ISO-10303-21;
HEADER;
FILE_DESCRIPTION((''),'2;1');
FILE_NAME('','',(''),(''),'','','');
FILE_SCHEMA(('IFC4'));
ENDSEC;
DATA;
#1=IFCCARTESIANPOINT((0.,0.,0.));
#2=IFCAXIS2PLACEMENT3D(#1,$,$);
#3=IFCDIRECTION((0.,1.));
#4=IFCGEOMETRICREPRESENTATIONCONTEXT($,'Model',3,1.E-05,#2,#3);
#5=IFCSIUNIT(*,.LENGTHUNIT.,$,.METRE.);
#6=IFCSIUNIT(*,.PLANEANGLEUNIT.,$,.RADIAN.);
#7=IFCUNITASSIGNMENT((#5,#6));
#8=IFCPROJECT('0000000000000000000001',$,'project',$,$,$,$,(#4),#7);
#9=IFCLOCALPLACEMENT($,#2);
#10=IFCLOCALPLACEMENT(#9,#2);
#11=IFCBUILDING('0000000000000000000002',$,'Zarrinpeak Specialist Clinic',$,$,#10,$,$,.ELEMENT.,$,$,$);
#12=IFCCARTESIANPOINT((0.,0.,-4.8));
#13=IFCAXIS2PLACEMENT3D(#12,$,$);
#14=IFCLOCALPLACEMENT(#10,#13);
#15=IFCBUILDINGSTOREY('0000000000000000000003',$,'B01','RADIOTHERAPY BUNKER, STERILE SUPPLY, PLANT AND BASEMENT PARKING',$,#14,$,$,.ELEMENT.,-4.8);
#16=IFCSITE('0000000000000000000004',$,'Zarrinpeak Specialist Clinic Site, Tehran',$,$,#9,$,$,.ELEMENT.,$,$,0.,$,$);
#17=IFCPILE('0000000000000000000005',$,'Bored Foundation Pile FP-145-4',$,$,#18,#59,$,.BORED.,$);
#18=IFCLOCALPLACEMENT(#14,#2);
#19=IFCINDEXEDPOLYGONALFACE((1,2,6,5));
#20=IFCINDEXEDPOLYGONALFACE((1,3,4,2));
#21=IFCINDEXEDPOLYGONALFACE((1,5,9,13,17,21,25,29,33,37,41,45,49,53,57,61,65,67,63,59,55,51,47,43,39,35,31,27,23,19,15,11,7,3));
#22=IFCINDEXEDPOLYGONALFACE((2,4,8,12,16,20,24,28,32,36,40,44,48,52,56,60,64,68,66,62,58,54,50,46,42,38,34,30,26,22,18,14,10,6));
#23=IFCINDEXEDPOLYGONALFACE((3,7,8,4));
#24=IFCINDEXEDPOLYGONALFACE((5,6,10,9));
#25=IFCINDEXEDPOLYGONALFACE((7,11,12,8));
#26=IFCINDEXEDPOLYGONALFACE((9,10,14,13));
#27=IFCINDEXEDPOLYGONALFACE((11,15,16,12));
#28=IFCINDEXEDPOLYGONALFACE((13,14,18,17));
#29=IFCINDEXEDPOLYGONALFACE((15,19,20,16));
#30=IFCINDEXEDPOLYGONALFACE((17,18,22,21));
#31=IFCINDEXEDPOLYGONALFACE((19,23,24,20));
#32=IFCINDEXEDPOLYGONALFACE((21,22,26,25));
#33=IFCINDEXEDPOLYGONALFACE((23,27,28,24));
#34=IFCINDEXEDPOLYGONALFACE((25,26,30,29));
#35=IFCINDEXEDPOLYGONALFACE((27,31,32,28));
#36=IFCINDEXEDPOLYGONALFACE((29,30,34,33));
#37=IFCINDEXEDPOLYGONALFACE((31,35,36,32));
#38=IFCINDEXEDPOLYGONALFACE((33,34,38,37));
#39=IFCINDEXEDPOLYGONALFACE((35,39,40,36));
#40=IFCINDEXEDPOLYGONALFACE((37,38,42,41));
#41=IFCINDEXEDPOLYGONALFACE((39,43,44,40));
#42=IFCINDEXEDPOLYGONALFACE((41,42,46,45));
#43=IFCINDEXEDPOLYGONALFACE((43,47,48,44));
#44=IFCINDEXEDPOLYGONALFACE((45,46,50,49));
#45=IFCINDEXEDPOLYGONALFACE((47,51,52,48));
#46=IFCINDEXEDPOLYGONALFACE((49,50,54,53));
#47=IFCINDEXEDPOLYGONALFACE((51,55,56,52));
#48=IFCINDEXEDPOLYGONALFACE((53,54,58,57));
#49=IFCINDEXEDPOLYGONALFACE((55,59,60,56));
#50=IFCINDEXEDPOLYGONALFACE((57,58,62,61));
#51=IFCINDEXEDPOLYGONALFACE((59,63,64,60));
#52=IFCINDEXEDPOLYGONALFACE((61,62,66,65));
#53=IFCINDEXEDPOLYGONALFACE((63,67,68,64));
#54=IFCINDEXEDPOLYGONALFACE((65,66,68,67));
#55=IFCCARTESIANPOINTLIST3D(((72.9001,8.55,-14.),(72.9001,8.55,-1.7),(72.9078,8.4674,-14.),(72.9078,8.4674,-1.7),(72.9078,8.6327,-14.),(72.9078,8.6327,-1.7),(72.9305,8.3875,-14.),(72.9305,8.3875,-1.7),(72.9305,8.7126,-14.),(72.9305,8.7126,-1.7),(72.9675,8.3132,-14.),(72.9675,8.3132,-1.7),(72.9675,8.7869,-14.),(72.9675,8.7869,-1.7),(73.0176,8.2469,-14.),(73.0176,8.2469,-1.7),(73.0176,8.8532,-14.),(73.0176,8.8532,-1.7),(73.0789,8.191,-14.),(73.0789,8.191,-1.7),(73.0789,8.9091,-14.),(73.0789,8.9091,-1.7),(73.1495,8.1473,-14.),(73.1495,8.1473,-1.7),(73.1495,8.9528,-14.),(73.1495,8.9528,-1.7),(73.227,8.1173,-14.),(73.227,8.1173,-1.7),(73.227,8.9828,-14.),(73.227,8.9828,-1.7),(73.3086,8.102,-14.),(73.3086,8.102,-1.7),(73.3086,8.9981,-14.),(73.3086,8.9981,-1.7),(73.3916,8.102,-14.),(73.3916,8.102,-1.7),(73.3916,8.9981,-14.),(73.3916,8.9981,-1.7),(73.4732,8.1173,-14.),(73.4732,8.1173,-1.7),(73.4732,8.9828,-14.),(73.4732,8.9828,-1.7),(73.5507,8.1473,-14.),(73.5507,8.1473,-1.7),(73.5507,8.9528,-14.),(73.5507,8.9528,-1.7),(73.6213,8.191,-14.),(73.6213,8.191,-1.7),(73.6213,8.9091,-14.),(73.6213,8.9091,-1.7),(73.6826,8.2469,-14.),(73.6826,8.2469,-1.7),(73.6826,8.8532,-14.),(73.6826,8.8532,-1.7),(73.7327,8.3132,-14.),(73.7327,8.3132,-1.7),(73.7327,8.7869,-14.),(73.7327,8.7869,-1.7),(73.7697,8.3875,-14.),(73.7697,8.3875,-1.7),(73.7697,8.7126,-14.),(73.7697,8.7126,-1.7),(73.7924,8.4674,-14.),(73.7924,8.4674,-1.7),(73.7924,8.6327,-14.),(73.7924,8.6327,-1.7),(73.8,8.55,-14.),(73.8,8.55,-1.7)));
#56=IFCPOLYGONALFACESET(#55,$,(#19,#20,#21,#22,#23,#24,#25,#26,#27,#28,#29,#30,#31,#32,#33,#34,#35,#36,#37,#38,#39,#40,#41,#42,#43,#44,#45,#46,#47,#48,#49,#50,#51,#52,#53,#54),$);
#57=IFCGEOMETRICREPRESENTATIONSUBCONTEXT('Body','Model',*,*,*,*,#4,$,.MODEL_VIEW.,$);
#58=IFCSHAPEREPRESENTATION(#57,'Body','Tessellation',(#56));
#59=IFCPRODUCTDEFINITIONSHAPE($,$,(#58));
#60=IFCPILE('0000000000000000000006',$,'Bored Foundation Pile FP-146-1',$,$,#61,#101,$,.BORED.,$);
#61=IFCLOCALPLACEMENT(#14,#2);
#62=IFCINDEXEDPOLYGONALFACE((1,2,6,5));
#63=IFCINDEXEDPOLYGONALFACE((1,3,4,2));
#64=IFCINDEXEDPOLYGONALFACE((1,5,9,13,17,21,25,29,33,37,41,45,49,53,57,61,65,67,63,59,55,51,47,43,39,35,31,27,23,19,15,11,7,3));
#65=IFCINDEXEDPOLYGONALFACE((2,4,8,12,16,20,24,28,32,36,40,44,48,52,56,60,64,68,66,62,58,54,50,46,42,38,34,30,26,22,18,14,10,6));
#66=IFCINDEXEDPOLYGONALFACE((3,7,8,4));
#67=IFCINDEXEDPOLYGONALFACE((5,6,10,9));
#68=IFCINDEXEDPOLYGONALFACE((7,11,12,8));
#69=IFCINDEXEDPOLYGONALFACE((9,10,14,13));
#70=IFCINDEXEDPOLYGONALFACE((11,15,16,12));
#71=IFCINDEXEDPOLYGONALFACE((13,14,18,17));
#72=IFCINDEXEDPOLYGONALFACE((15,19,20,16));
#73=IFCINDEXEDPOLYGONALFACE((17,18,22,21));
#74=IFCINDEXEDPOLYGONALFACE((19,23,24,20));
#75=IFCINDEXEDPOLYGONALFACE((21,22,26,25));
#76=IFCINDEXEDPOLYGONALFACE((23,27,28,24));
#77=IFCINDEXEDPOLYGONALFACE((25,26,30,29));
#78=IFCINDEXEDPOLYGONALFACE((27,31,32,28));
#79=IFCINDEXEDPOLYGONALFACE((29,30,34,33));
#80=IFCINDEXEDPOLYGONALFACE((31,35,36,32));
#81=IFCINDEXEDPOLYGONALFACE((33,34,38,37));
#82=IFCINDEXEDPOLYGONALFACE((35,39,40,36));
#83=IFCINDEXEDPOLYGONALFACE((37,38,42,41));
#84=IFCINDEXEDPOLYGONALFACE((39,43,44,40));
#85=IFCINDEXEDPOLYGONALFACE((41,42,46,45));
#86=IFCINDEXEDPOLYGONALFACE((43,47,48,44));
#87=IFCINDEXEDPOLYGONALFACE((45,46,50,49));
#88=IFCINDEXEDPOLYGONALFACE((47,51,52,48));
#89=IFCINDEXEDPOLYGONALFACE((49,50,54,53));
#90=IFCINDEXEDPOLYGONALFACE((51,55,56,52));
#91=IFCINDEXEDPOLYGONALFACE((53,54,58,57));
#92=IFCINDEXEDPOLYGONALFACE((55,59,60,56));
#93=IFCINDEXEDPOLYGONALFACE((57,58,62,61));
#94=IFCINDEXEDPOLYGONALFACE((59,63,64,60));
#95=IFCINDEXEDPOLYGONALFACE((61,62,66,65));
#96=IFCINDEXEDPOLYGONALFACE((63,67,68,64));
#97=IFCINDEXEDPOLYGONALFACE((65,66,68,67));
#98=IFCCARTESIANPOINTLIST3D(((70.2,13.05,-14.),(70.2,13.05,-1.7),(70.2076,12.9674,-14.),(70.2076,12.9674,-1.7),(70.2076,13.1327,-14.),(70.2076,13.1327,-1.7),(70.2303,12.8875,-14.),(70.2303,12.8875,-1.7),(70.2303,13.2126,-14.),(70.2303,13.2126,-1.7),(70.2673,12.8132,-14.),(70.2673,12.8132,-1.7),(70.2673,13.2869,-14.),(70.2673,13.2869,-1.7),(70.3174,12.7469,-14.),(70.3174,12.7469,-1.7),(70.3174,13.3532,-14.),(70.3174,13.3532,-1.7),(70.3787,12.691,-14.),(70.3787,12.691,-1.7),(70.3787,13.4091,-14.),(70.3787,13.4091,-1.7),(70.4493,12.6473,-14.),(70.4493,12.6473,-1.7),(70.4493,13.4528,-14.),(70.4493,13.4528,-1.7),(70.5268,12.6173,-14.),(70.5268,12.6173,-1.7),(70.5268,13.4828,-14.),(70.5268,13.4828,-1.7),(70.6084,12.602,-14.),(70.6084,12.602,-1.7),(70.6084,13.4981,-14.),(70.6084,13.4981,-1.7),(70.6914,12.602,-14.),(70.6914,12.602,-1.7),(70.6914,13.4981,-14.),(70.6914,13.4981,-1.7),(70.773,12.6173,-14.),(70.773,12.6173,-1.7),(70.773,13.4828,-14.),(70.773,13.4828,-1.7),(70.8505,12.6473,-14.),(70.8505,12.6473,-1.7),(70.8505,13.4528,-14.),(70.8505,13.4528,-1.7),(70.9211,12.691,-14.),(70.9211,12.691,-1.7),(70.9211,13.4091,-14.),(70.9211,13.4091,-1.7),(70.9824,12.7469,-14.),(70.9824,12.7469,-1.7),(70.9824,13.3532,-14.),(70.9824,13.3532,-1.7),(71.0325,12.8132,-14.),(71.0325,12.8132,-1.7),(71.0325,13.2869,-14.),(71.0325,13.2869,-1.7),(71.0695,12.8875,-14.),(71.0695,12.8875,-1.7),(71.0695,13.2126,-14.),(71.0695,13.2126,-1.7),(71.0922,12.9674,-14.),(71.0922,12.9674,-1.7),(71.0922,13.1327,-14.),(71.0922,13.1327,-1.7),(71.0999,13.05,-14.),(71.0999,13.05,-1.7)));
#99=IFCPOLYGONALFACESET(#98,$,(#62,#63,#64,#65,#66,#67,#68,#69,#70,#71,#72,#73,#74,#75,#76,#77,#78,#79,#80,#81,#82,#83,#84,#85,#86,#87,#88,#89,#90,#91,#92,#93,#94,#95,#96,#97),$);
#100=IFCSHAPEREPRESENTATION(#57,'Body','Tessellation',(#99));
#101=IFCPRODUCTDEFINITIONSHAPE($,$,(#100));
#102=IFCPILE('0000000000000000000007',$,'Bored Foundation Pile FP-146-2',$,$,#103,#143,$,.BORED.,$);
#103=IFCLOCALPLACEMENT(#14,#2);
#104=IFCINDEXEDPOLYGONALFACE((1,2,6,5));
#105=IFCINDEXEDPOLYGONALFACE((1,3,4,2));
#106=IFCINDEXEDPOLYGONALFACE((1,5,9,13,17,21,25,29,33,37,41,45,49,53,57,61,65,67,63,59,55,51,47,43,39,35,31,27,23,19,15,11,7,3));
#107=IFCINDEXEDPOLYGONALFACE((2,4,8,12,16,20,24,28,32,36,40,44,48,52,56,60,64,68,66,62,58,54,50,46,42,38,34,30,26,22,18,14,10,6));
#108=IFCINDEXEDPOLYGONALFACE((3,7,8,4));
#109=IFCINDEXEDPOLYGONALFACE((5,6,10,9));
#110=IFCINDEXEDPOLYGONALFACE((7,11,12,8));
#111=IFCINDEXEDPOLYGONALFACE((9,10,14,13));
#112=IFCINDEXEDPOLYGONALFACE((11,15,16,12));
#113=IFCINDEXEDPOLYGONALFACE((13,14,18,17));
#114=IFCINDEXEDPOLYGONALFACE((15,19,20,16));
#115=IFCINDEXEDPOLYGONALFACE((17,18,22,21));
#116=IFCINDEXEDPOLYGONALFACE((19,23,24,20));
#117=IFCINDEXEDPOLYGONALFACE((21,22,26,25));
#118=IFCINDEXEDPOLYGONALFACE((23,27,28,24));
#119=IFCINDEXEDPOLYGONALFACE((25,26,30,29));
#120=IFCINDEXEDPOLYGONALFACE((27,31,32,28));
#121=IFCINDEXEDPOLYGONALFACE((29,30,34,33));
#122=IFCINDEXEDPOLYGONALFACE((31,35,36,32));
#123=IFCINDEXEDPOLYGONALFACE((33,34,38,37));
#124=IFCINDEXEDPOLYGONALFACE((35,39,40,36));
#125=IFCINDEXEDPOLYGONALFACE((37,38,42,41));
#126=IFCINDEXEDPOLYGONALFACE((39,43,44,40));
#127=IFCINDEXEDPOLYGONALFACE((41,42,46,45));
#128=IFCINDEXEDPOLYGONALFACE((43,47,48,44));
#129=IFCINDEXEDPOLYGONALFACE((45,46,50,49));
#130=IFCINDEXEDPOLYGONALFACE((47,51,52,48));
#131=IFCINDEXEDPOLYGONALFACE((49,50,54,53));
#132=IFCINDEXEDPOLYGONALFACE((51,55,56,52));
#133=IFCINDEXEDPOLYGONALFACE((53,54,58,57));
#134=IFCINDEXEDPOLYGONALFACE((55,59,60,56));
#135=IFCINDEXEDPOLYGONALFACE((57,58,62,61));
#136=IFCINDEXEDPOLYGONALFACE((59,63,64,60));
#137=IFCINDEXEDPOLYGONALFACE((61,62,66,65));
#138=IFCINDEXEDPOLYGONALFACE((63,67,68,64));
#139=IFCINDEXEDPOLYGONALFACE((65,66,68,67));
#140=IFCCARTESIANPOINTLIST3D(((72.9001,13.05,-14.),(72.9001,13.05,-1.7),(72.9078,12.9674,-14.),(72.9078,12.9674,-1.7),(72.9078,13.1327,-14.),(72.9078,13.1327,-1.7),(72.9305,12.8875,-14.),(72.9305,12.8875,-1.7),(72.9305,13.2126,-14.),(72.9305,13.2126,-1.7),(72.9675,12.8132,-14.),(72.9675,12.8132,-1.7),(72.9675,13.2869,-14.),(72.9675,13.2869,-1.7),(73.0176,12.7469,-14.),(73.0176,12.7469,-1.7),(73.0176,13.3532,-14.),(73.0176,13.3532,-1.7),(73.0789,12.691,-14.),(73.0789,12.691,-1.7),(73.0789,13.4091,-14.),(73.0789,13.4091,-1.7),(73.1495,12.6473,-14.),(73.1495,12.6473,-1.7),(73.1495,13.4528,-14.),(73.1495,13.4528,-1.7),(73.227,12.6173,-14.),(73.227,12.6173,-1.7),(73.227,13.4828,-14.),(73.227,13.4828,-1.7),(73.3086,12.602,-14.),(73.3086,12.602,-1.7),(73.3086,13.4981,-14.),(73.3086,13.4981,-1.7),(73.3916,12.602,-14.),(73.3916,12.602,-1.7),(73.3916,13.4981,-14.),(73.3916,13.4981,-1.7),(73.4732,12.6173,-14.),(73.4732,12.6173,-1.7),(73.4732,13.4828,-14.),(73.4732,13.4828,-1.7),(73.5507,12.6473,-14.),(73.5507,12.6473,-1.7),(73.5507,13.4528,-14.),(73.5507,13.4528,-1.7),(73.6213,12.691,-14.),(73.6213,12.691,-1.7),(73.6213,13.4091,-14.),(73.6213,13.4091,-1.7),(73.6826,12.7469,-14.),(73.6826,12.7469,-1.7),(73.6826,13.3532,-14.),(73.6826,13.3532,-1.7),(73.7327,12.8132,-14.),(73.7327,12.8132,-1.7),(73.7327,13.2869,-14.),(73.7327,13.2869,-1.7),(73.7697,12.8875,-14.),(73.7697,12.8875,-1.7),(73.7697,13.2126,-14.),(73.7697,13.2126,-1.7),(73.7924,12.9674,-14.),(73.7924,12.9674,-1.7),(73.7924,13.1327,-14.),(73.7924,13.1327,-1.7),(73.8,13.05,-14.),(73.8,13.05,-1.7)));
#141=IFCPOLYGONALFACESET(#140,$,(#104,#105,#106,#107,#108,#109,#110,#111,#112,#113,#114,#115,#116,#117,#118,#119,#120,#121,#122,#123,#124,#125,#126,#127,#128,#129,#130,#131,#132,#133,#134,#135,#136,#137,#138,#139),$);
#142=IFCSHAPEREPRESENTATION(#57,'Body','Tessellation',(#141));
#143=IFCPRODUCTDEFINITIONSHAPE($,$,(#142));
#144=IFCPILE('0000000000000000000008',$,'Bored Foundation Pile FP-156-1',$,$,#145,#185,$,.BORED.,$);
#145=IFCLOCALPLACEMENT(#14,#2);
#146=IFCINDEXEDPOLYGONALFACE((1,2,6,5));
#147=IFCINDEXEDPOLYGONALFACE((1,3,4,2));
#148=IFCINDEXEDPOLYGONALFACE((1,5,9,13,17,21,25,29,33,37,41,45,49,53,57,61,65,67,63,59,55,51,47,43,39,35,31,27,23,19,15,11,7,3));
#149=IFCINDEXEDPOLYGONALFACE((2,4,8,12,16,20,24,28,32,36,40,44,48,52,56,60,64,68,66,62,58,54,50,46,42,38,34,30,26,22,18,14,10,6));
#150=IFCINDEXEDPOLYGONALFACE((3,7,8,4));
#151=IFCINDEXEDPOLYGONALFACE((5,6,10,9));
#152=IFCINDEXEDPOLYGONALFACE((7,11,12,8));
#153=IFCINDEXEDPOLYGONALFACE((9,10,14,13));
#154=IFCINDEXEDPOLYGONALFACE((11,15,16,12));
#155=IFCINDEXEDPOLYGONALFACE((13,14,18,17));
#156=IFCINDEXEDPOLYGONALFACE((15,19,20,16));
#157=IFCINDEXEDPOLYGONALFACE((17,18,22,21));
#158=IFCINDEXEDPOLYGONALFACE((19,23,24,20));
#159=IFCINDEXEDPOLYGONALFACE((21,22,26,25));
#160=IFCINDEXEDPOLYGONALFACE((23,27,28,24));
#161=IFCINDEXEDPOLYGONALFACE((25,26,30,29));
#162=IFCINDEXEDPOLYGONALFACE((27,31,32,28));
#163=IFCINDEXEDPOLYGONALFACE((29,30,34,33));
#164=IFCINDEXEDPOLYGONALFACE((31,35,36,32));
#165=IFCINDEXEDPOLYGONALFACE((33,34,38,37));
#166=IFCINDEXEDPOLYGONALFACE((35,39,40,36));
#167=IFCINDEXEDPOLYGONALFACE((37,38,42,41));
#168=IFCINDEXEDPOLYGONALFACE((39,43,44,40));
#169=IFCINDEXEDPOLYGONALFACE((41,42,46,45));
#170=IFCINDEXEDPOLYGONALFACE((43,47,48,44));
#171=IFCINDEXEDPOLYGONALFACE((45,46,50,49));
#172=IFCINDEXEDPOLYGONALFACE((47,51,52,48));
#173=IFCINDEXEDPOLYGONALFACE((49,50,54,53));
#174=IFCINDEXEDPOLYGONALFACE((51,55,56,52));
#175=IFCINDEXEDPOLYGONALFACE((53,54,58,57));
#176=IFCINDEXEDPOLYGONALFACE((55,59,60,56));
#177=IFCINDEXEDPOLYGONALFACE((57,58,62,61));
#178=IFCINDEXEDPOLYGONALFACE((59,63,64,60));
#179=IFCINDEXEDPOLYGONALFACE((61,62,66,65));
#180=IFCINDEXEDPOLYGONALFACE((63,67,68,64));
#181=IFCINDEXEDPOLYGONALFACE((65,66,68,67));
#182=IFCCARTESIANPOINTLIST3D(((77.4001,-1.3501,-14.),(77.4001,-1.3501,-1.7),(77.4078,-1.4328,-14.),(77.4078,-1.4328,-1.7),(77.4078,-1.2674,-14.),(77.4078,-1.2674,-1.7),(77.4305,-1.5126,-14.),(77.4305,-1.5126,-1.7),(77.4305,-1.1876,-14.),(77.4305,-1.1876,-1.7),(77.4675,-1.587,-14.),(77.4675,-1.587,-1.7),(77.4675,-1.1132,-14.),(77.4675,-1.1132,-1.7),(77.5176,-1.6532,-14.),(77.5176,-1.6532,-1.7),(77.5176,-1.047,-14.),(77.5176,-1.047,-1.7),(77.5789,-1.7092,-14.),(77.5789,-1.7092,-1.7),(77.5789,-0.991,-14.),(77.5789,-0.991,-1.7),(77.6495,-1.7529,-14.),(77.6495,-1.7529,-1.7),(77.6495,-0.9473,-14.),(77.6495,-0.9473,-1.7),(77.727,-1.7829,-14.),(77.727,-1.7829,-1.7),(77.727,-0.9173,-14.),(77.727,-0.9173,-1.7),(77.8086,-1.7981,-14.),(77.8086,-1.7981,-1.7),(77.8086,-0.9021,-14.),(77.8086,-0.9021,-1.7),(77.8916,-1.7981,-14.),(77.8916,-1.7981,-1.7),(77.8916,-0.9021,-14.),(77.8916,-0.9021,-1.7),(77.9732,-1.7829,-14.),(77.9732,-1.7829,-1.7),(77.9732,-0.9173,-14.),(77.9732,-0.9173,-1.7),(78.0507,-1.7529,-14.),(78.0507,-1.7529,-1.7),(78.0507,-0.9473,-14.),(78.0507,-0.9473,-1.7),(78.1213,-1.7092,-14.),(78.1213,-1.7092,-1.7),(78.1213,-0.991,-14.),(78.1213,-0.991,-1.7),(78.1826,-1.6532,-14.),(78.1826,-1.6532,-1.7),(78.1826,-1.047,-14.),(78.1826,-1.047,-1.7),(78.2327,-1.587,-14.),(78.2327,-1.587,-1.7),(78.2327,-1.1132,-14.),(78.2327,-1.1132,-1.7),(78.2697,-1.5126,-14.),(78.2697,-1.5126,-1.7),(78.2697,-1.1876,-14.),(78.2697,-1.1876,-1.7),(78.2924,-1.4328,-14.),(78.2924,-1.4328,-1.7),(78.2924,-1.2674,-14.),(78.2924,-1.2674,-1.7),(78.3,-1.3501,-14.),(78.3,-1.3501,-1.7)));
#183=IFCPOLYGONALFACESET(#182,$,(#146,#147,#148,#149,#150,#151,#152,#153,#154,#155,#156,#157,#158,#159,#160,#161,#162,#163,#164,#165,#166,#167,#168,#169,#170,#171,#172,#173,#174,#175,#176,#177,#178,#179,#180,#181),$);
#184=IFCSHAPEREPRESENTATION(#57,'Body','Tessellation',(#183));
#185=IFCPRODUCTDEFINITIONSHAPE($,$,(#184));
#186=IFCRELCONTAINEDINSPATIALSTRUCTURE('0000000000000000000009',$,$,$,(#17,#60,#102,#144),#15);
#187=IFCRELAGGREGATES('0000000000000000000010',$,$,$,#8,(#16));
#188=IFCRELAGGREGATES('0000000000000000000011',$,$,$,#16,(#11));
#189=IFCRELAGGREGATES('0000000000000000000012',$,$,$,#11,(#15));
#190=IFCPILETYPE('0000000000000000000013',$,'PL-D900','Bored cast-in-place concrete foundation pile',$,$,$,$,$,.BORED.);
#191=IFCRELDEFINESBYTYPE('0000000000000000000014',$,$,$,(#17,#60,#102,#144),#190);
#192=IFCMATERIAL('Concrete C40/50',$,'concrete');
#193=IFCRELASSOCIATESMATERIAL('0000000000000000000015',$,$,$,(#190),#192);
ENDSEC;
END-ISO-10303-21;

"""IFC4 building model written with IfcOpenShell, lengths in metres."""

from ifc_helpers import new_model, si_unit, direction, frame, origin, origin_2d, place, context, subcontext, project, spatial, circle, extrude, material, material_profile, profile_set, type_object, element, save


model = new_model("IFC4")

# Units and contexts
model_context = context("Model", 3, precision=1e-05, world=origin(), true_north=direction((0.0, 1.0)))
body_context = subcontext(model_context, "Body", "Model", "MODEL_VIEW")
ifc_project = project(units=[si_unit("LENGTHUNIT", "METRE"), si_unit("PLANEANGLEUNIT", "RADIAN")], contexts=[model_context])

# Site, building, storey
site_placement = place(None, origin())
site = spatial("IfcSite", under=ifc_project, at=site_placement, Name="Zarrinpeak Specialist Clinic Site, Tehran", CompositionType="ELEMENT", RefElevation=0.0)
building_placement = place(site_placement, origin())
building = spatial("IfcBuilding", under=site, at=building_placement, Name="Zarrinpeak Specialist Clinic", CompositionType="ELEMENT")
storey_placement = place(building_placement, frame((0.0, 0.0, -4.8)))
storey = spatial("IfcBuildingStorey", under=building, at=storey_placement, Name="B01", Description="RADIOTHERAPY BUNKER, STERILE SUPPLY, PLANT AND BASEMENT PARKING", CompositionType="ELEMENT", Elevation=-4.8)

# Shared definitions
ifc_material_1 = material(Name="Concrete C40/50", Category="concrete")

# Piles
ifc_material_profile_1 = material_profile(ifc_material_1, circle(Radius=0.45, at=origin_2d()), Name="BORED PILE D900")
ifc_profile_set_1 = profile_set([ifc_material_profile_1], Name="Concrete C40/50")
pile_type = type_object("IfcPileType", Name="PL-D900", Description="Bored cast-in-place concrete foundation pile", PredefinedType="BORED", material=ifc_profile_set_1)
for number, where, z_axis, x_axis, name in (
    (1, (73.3501, 8.55, -1.7), (0.0, 0.0, -1.0), (1.0, 0.0, 0.0), "Bored Foundation Pile FP-145-4"),
    (2, (70.6499, 13.05, -1.7), (0.0, 0.0, -1.0), (1.0, 0.0, 0.0), "Bored Foundation Pile FP-146-1"),
    (3, (73.3501, 13.05, -1.7), (0.0, 0.0, -1.0), (1.0, 0.0, 0.0), "Bored Foundation Pile FP-146-2"),
    (4, (77.8501, -1.3501, -1.7), (0.0, 0.0, -1.0), (1.0, 0.0, 0.0), "Bored Foundation Pile FP-156-1"),
):
    element("IfcPile", number, at=place(storey_placement, frame(where, z_axis=z_axis, x_axis=x_axis)), inside=storey, type_object=pile_type, Name=name, PredefinedType="BORED", context=body_context, shape_type="SweptSolid", body=[
        extrude(circle(Radius=0.45, at=origin_2d()), origin(), (0.0, 0.0, 1.0), 12.3),
    ])

save(model, "model.ifc")
